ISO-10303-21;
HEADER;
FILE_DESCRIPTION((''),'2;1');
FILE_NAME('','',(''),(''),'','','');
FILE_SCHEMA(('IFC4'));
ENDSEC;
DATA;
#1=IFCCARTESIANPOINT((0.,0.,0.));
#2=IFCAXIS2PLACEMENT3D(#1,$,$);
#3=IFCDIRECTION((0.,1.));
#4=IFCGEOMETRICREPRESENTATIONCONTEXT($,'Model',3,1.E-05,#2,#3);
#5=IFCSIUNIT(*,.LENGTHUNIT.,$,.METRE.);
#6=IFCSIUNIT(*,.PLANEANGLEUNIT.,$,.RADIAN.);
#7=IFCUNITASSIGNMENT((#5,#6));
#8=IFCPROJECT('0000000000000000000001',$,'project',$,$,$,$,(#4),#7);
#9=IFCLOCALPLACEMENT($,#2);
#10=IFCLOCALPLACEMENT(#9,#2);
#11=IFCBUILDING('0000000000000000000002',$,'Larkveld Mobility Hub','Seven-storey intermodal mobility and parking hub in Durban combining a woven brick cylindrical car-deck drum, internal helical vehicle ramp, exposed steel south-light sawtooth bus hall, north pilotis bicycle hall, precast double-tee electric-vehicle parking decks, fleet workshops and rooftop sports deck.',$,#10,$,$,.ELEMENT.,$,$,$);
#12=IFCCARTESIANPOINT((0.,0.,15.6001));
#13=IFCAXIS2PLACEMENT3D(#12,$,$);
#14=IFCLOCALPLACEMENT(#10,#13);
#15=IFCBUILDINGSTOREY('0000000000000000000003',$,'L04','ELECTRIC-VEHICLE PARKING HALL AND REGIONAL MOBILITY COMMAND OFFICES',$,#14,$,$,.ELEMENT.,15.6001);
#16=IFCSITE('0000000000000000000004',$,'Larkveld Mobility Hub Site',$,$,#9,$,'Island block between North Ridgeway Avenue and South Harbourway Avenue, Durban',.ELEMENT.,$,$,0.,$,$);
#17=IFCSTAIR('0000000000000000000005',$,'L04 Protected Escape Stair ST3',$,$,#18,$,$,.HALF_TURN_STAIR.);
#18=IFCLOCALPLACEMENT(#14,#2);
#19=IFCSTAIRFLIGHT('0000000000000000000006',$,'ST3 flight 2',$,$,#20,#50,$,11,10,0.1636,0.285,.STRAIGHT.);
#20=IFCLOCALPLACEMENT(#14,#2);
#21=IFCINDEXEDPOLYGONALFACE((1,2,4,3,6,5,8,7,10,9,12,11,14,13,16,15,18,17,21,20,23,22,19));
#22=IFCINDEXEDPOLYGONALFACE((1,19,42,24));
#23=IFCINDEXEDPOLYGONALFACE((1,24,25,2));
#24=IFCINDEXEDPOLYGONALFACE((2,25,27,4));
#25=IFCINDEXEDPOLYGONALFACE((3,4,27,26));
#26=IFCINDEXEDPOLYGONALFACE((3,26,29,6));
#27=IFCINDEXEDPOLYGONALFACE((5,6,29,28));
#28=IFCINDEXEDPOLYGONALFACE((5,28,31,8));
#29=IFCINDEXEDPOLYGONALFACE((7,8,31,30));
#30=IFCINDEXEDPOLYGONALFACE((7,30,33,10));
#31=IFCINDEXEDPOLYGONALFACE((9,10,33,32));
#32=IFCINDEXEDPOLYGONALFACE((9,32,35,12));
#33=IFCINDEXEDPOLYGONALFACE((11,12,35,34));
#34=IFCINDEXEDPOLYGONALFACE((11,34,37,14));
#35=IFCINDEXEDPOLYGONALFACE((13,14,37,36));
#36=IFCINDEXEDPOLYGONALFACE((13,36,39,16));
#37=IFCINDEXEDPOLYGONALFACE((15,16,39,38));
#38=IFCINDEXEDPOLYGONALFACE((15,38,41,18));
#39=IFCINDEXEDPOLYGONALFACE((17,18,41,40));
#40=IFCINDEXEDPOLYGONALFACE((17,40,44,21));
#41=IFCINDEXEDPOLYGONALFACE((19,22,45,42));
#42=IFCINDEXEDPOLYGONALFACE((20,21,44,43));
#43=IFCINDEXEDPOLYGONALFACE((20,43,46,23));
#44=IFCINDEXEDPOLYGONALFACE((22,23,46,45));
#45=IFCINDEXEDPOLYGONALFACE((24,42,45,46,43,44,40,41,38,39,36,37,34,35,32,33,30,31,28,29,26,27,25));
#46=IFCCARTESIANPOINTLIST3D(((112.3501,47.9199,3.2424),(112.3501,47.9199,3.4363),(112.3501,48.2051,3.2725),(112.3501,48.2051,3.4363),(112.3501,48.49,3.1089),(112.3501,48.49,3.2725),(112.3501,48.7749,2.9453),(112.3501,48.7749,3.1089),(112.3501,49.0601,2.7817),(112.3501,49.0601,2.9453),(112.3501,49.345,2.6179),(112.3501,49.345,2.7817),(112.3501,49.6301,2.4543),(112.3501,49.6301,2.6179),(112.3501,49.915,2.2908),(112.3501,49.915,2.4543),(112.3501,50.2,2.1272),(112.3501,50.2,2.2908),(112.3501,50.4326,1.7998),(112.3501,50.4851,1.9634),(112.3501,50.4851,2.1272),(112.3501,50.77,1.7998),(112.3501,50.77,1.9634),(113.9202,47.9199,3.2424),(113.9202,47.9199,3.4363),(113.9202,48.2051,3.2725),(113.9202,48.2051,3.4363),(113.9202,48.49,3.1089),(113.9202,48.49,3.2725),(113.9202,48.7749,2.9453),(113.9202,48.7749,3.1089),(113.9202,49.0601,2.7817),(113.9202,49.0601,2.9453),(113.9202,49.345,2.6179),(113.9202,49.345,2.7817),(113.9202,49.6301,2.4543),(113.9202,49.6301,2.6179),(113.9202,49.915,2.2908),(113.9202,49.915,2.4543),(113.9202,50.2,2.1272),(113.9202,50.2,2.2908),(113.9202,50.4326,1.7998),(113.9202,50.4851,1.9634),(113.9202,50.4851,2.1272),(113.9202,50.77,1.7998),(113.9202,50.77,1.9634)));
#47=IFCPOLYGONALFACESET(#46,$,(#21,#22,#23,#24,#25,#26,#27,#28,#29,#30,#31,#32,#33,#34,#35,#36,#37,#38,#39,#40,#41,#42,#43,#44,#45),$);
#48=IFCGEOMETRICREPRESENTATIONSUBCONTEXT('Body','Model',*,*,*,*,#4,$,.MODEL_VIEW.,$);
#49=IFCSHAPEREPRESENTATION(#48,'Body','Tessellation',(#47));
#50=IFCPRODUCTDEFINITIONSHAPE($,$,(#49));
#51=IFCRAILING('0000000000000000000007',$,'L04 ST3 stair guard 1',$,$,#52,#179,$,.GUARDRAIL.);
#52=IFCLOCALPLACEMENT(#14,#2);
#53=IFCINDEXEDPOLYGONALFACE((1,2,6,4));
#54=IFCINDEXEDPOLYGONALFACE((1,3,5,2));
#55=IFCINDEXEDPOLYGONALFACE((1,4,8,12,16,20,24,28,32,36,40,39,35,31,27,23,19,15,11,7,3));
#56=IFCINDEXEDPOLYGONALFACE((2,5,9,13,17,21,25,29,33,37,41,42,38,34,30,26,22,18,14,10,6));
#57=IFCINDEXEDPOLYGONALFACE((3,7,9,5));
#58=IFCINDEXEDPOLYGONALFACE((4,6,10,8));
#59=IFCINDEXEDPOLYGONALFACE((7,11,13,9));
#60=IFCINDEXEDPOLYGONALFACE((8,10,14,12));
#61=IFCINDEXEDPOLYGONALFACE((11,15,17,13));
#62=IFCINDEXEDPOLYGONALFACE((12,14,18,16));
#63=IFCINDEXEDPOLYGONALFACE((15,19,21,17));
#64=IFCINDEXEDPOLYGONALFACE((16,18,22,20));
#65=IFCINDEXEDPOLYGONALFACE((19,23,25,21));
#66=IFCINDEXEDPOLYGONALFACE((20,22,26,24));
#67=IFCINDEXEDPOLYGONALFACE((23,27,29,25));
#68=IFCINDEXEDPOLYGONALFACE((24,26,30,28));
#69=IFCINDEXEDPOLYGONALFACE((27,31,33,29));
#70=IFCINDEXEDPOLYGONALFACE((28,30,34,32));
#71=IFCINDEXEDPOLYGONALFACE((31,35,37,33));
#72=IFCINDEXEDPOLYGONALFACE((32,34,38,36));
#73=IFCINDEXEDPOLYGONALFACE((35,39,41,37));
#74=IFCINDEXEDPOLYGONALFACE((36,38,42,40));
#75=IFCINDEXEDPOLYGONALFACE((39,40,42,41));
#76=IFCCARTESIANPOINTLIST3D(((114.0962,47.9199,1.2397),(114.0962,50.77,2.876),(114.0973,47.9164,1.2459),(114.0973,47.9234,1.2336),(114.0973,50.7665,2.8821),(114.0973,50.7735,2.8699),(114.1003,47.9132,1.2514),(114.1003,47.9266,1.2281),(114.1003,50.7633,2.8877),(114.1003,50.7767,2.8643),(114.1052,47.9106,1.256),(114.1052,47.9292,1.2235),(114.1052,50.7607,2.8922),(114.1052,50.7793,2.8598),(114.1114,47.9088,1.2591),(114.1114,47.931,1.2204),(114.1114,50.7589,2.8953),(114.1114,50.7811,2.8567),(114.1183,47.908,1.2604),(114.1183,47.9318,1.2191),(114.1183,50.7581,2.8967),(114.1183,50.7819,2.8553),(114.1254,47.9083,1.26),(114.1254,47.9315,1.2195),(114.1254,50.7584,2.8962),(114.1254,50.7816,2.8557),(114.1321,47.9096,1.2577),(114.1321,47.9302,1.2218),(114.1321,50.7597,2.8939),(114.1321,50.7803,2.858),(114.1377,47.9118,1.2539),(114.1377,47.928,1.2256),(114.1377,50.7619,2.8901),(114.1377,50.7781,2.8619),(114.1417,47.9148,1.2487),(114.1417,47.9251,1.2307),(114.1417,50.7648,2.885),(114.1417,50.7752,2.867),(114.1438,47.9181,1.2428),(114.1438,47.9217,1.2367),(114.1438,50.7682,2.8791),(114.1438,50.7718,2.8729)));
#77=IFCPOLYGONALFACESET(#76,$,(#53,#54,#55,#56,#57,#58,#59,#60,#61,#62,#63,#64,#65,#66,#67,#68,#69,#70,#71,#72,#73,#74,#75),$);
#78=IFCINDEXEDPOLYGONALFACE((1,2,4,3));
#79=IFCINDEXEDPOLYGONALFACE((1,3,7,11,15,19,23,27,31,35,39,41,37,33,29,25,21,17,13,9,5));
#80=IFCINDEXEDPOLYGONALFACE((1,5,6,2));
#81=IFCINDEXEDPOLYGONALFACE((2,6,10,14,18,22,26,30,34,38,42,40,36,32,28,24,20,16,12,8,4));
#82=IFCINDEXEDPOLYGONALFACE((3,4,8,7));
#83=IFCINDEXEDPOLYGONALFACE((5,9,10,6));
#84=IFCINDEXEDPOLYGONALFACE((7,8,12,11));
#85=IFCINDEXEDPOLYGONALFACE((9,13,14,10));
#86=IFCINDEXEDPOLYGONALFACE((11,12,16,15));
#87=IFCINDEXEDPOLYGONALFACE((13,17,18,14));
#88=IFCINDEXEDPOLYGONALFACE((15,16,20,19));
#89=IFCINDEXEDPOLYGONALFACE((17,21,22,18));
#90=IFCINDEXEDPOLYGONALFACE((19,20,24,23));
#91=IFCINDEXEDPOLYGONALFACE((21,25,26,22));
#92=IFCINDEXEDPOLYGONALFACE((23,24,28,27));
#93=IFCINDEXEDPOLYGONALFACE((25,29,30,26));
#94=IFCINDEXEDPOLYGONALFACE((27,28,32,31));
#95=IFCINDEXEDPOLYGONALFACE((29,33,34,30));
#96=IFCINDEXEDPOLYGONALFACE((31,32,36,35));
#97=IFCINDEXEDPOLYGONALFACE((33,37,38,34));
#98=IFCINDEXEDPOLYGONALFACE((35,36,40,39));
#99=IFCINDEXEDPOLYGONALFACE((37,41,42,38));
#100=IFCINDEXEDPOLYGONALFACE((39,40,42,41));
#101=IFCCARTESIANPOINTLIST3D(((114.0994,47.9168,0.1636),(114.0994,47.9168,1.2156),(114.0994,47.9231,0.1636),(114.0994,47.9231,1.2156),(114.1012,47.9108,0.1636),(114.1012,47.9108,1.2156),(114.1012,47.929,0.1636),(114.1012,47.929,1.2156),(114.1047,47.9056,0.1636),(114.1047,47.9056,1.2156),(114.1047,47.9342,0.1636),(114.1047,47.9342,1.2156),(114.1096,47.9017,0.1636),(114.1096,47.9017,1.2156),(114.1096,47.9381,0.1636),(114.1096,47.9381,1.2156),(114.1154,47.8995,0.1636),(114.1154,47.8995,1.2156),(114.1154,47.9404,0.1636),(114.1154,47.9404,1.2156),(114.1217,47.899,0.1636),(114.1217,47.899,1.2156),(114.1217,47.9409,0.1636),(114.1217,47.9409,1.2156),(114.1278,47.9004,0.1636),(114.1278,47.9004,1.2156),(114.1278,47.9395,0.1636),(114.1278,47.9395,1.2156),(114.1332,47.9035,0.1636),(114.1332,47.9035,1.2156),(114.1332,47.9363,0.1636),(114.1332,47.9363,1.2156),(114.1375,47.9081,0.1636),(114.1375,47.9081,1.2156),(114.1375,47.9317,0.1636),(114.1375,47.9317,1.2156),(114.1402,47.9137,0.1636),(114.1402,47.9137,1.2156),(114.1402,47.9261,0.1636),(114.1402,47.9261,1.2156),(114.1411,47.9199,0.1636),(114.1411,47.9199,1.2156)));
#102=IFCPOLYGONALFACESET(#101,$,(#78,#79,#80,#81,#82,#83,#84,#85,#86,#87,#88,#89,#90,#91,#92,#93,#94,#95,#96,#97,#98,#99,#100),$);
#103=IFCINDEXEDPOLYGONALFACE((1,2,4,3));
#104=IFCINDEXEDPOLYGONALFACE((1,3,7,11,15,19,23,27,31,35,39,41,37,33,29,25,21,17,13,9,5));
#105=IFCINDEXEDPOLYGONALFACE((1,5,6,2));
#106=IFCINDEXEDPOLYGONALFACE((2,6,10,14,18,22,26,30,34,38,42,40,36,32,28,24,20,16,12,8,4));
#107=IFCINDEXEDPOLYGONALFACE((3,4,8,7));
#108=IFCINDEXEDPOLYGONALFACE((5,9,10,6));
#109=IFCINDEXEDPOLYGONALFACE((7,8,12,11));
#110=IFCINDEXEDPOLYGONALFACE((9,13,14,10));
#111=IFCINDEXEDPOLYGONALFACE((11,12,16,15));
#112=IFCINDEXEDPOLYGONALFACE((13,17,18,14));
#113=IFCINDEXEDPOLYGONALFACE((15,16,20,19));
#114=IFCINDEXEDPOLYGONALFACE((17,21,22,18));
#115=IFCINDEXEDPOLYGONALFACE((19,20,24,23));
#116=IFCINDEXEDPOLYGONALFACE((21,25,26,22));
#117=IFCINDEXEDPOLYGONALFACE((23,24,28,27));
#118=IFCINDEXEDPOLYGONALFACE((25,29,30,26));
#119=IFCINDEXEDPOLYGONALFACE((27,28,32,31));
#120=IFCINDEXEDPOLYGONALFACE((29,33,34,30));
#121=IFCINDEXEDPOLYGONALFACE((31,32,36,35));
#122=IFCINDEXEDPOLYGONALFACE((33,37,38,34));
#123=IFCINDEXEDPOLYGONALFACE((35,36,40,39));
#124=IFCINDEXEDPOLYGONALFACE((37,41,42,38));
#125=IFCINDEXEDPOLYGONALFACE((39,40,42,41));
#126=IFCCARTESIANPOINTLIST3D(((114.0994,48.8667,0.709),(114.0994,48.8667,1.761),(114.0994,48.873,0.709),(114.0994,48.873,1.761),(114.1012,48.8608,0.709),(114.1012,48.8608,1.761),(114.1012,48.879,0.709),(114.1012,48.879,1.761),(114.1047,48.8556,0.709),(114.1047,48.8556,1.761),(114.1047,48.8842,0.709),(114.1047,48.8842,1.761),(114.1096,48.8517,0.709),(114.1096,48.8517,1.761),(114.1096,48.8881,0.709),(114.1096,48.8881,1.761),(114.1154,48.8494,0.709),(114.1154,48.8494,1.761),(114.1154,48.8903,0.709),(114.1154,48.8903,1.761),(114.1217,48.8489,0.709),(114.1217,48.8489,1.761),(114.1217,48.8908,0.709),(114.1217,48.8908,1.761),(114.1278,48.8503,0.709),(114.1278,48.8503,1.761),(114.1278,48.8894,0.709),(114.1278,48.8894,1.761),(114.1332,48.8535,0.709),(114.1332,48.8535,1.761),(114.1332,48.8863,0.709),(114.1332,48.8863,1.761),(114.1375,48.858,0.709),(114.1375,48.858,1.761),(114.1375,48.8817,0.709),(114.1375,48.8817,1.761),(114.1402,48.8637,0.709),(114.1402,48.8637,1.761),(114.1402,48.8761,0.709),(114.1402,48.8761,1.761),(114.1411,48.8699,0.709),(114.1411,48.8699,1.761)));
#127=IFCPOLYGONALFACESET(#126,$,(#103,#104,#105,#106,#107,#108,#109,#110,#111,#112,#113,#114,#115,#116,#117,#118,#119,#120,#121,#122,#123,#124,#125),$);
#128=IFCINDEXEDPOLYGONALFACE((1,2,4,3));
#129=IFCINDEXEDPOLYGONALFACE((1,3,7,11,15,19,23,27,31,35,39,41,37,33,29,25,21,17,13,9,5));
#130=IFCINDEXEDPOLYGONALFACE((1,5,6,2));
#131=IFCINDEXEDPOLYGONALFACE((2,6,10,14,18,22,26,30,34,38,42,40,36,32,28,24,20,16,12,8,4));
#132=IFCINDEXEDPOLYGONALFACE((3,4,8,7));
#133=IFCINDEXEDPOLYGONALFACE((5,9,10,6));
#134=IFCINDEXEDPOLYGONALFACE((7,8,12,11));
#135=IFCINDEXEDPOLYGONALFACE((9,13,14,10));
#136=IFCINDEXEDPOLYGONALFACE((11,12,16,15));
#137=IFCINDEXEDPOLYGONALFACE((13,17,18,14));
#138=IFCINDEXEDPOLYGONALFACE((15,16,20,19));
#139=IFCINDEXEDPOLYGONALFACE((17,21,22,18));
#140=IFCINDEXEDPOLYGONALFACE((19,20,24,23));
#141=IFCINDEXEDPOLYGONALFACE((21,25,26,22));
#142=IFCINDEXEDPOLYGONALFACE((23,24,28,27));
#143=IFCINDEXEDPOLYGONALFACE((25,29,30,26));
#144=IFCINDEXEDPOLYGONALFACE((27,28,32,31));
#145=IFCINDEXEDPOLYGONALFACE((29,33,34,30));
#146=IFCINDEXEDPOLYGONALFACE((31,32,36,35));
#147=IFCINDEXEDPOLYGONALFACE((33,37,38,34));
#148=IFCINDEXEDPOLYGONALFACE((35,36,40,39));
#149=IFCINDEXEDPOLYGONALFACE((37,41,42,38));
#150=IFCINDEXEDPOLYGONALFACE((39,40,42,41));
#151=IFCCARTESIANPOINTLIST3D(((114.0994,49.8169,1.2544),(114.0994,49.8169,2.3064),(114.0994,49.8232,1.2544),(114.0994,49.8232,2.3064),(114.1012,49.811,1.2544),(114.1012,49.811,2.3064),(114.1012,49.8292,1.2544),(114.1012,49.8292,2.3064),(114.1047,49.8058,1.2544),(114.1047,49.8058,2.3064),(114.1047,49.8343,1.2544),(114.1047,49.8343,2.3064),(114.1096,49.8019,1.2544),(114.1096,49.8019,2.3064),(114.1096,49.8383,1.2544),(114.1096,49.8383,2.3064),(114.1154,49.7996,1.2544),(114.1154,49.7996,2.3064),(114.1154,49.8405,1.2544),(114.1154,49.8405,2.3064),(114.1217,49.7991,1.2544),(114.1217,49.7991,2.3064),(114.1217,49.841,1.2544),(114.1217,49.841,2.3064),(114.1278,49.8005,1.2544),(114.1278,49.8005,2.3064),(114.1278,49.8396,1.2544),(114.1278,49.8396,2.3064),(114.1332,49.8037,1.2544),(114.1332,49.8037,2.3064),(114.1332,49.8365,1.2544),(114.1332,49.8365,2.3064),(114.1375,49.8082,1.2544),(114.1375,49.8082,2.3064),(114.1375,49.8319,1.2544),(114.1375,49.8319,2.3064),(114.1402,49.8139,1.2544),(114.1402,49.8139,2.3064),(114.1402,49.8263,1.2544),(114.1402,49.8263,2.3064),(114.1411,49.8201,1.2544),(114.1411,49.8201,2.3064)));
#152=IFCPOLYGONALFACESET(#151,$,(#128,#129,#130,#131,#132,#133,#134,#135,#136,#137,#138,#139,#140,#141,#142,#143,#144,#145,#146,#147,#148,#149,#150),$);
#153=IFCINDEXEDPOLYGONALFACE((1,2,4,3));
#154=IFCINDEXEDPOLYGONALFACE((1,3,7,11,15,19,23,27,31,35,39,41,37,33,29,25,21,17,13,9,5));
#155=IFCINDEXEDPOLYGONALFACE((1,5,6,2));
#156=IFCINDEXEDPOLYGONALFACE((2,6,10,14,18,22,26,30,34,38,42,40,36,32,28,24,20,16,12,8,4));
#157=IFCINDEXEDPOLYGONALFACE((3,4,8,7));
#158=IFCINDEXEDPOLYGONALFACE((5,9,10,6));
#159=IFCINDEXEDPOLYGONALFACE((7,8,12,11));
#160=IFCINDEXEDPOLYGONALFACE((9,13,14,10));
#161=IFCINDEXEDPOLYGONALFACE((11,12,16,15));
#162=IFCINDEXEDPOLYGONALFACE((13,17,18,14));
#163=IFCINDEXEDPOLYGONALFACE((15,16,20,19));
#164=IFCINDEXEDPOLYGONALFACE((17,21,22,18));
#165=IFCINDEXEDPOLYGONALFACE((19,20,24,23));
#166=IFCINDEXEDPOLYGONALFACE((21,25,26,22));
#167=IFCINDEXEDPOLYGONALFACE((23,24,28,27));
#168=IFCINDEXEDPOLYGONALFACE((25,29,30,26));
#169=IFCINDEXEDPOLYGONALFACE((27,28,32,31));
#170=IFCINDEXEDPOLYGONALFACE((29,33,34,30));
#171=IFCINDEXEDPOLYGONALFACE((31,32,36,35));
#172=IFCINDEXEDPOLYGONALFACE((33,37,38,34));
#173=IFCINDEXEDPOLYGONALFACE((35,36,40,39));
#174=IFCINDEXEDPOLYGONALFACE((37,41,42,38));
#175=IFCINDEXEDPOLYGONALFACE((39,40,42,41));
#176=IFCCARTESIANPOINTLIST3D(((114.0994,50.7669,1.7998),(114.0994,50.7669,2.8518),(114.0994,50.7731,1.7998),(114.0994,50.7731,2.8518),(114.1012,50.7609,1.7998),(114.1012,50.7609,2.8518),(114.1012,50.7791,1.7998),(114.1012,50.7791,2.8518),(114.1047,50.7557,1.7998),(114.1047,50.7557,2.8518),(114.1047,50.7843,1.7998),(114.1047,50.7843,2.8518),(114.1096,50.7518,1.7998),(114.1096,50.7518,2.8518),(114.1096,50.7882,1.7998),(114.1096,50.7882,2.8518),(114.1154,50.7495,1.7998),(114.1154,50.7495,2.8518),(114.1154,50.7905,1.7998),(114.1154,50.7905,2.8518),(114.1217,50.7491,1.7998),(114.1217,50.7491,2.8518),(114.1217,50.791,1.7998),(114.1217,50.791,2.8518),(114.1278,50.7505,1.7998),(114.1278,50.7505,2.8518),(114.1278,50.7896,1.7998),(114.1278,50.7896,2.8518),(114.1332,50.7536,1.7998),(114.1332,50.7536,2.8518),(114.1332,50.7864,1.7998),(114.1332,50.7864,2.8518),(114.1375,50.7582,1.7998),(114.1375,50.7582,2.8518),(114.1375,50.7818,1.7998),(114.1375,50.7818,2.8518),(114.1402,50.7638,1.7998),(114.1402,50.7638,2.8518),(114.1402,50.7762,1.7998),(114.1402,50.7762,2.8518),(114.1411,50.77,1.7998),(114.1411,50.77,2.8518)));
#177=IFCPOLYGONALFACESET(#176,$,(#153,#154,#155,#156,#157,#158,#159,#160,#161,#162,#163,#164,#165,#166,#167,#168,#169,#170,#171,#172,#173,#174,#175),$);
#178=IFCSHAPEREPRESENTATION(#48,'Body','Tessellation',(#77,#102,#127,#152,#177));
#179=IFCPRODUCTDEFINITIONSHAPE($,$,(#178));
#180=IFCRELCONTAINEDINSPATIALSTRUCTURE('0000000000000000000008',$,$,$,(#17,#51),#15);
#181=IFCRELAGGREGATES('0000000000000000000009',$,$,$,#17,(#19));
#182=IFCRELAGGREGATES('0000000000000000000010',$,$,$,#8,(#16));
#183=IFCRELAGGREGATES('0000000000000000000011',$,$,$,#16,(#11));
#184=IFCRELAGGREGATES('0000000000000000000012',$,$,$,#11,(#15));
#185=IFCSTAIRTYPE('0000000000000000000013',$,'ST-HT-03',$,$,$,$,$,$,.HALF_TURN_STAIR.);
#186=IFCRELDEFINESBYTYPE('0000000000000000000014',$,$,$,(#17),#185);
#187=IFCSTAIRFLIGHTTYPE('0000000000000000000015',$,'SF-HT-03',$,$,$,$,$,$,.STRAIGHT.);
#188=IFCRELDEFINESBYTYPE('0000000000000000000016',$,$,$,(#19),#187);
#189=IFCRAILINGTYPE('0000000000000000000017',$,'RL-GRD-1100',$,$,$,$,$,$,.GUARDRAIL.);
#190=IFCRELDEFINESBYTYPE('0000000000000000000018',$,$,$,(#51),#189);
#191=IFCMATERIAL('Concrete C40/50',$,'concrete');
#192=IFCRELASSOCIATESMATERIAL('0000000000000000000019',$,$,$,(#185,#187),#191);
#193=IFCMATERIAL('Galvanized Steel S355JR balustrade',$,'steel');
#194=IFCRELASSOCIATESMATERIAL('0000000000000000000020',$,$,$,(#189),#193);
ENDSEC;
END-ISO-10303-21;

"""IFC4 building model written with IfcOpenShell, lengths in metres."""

from ifc_helpers import new_model, si_unit, direction, frame, origin, origin_2d, place, context, subcontext, project, spatial, polyline, circle, outline, extrude, material, type_object, element, aggregate, save


model = new_model("IFC4")

# Units and contexts
model_context = context("Model", 3, precision=1e-05, world=origin(), true_north=direction((0.0, 1.0)))
body_context = subcontext(model_context, "Body", "Model", "MODEL_VIEW")
ifc_project = project(units=[si_unit("LENGTHUNIT", "METRE"), si_unit("PLANEANGLEUNIT", "RADIAN")], contexts=[model_context])

# Site, building, storey
site_placement = place(None, origin())
site = spatial("IfcSite", under=ifc_project, at=site_placement, Name="Larkveld Mobility Hub Site", LongName="Island block between North Ridgeway Avenue and South Harbourway Avenue, Durban", CompositionType="ELEMENT", RefElevation=0.0)
building_placement = place(site_placement, origin())
building = spatial("IfcBuilding", under=site, at=building_placement, Name="Larkveld Mobility Hub", Description="Seven-storey intermodal mobility and parking hub in Durban combining a woven brick cylindrical car-deck drum, internal helical vehicle ramp, exposed steel south-light sawtooth bus hall, north pilotis bicycle hall, precast double-tee electric-vehicle parking decks, fleet workshops and rooftop sports deck.", CompositionType="ELEMENT")
storey_placement = place(building_placement, frame((0.0, 0.0, 15.6001)))
storey = spatial("IfcBuildingStorey", under=building, at=storey_placement, Name="L04", Description="ELECTRIC-VEHICLE PARKING HALL AND REGIONAL MOBILITY COMMAND OFFICES", CompositionType="ELEMENT", Elevation=15.6001)

# Shared definitions
ifc_material_1 = material(Name="Concrete C40/50", Category="concrete")

# Stair, stair flight
stair_type = type_object("IfcStairType", Name="ST-HT-03", PredefinedType="HALF_TURN_STAIR", material=ifc_material_1)
stair_placement = place(storey_placement, origin())
stair = element("IfcStair", 1, at=stair_placement, inside=storey, type_object=stair_type, Name="L04 Protected Escape Stair ST3", PredefinedType="HALF_TURN_STAIR")
stair_flight_type = type_object("IfcStairFlightType", Name="SF-HT-03", PredefinedType="STRAIGHT", material=ifc_material_1)
stair_flight_1_placement = place(storey_placement, frame((113.135, 50.77, 1.7998), z_axis=(0.0, 0.0, 1.0), x_axis=(0.0, -1.0, 0.0)))
stair_flight_1 = element("IfcStairFlight", 2, at=stair_flight_1_placement, type_object=stair_flight_type, Name="ST3 flight 2", NumberOfRisers=11, NumberOfTreads=10, PredefinedType="STRAIGHT", RiserHeight=0.1636, TreadLength=0.285, context=body_context, shape_type="SweptSolid", body=[
    extrude(outline(polyline([(0.0, 0.0), (0.0, 0.1636), (0.2849, 0.1636), (0.2849, 0.3274), (0.5701, 0.3274), (0.5701, 0.491), (0.855, 0.491), (0.855, 0.6545), (1.1399, 0.6545), (1.1399, 0.8181), (1.425, 0.8181), (1.425, 0.9819), (1.71, 0.9819), (1.71, 1.1455), (1.9951, 1.1455), (1.9951, 1.3091), (2.28, 1.3091), (2.28, 1.4727), (2.5649, 1.4727), (2.5649, 1.6365), (2.8501, 1.6365), (2.8501, 1.8), (2.8501, 1.4426), (0.3374, 0.0), (0.0, 0.0)])), frame((0.0, 0.7852, 0.0), z_axis=(0.0, -1.0, 0.0), x_axis=(1.0, 0.0, 0.0)), (0.0, 0.0, 1.0), 1.5701),
])
aggregate(stair, [stair_flight_1])

# Railing
ifc_material_2 = material(Name="Galvanized Steel S355JR balustrade", Category="steel")
railing_type_1 = type_object("IfcRailingType", Name="RL-GRD-1100", PredefinedType="GUARDRAIL", material=ifc_material_2)
railing_1_placement = place(storey_placement, frame((114.1201, 47.9199, 0.1636)))
element("IfcRailing", 3, at=railing_1_placement, inside=storey, type_object=railing_type_1, Name="L04 ST3 stair guard 1", PredefinedType="GUARDRAIL", context=body_context, shape_type="SweptSolid", body=[
    extrude(circle(Radius=0.0239, at=origin_2d()), frame((0.0, 0.0, 1.0762), z_axis=(0.0, 0.867245, 0.497882), x_axis=(-1.0, 0.0, 0.0)), (0.0, 0.0, 1.0), 3.2864),
    extrude(circle(Radius=0.021, at=origin_2d()), origin(), (0.0, 0.0, 1.0), 1.052),
    extrude(circle(Radius=0.021, at=origin_2d()), frame((0.0, 0.95, 0.5454)), (0.0, 0.0, 1.0), 1.052),
    extrude(circle(Radius=0.021, at=origin_2d()), frame((0.0, 1.9001, 1.0908)), (0.0, 0.0, 1.0), 1.052),
    extrude(circle(Radius=0.021, at=origin_2d()), frame((0.0, 2.8501, 1.6362)), (0.0, 0.0, 1.0), 1.052),
])

save(model, "model.ifc")
